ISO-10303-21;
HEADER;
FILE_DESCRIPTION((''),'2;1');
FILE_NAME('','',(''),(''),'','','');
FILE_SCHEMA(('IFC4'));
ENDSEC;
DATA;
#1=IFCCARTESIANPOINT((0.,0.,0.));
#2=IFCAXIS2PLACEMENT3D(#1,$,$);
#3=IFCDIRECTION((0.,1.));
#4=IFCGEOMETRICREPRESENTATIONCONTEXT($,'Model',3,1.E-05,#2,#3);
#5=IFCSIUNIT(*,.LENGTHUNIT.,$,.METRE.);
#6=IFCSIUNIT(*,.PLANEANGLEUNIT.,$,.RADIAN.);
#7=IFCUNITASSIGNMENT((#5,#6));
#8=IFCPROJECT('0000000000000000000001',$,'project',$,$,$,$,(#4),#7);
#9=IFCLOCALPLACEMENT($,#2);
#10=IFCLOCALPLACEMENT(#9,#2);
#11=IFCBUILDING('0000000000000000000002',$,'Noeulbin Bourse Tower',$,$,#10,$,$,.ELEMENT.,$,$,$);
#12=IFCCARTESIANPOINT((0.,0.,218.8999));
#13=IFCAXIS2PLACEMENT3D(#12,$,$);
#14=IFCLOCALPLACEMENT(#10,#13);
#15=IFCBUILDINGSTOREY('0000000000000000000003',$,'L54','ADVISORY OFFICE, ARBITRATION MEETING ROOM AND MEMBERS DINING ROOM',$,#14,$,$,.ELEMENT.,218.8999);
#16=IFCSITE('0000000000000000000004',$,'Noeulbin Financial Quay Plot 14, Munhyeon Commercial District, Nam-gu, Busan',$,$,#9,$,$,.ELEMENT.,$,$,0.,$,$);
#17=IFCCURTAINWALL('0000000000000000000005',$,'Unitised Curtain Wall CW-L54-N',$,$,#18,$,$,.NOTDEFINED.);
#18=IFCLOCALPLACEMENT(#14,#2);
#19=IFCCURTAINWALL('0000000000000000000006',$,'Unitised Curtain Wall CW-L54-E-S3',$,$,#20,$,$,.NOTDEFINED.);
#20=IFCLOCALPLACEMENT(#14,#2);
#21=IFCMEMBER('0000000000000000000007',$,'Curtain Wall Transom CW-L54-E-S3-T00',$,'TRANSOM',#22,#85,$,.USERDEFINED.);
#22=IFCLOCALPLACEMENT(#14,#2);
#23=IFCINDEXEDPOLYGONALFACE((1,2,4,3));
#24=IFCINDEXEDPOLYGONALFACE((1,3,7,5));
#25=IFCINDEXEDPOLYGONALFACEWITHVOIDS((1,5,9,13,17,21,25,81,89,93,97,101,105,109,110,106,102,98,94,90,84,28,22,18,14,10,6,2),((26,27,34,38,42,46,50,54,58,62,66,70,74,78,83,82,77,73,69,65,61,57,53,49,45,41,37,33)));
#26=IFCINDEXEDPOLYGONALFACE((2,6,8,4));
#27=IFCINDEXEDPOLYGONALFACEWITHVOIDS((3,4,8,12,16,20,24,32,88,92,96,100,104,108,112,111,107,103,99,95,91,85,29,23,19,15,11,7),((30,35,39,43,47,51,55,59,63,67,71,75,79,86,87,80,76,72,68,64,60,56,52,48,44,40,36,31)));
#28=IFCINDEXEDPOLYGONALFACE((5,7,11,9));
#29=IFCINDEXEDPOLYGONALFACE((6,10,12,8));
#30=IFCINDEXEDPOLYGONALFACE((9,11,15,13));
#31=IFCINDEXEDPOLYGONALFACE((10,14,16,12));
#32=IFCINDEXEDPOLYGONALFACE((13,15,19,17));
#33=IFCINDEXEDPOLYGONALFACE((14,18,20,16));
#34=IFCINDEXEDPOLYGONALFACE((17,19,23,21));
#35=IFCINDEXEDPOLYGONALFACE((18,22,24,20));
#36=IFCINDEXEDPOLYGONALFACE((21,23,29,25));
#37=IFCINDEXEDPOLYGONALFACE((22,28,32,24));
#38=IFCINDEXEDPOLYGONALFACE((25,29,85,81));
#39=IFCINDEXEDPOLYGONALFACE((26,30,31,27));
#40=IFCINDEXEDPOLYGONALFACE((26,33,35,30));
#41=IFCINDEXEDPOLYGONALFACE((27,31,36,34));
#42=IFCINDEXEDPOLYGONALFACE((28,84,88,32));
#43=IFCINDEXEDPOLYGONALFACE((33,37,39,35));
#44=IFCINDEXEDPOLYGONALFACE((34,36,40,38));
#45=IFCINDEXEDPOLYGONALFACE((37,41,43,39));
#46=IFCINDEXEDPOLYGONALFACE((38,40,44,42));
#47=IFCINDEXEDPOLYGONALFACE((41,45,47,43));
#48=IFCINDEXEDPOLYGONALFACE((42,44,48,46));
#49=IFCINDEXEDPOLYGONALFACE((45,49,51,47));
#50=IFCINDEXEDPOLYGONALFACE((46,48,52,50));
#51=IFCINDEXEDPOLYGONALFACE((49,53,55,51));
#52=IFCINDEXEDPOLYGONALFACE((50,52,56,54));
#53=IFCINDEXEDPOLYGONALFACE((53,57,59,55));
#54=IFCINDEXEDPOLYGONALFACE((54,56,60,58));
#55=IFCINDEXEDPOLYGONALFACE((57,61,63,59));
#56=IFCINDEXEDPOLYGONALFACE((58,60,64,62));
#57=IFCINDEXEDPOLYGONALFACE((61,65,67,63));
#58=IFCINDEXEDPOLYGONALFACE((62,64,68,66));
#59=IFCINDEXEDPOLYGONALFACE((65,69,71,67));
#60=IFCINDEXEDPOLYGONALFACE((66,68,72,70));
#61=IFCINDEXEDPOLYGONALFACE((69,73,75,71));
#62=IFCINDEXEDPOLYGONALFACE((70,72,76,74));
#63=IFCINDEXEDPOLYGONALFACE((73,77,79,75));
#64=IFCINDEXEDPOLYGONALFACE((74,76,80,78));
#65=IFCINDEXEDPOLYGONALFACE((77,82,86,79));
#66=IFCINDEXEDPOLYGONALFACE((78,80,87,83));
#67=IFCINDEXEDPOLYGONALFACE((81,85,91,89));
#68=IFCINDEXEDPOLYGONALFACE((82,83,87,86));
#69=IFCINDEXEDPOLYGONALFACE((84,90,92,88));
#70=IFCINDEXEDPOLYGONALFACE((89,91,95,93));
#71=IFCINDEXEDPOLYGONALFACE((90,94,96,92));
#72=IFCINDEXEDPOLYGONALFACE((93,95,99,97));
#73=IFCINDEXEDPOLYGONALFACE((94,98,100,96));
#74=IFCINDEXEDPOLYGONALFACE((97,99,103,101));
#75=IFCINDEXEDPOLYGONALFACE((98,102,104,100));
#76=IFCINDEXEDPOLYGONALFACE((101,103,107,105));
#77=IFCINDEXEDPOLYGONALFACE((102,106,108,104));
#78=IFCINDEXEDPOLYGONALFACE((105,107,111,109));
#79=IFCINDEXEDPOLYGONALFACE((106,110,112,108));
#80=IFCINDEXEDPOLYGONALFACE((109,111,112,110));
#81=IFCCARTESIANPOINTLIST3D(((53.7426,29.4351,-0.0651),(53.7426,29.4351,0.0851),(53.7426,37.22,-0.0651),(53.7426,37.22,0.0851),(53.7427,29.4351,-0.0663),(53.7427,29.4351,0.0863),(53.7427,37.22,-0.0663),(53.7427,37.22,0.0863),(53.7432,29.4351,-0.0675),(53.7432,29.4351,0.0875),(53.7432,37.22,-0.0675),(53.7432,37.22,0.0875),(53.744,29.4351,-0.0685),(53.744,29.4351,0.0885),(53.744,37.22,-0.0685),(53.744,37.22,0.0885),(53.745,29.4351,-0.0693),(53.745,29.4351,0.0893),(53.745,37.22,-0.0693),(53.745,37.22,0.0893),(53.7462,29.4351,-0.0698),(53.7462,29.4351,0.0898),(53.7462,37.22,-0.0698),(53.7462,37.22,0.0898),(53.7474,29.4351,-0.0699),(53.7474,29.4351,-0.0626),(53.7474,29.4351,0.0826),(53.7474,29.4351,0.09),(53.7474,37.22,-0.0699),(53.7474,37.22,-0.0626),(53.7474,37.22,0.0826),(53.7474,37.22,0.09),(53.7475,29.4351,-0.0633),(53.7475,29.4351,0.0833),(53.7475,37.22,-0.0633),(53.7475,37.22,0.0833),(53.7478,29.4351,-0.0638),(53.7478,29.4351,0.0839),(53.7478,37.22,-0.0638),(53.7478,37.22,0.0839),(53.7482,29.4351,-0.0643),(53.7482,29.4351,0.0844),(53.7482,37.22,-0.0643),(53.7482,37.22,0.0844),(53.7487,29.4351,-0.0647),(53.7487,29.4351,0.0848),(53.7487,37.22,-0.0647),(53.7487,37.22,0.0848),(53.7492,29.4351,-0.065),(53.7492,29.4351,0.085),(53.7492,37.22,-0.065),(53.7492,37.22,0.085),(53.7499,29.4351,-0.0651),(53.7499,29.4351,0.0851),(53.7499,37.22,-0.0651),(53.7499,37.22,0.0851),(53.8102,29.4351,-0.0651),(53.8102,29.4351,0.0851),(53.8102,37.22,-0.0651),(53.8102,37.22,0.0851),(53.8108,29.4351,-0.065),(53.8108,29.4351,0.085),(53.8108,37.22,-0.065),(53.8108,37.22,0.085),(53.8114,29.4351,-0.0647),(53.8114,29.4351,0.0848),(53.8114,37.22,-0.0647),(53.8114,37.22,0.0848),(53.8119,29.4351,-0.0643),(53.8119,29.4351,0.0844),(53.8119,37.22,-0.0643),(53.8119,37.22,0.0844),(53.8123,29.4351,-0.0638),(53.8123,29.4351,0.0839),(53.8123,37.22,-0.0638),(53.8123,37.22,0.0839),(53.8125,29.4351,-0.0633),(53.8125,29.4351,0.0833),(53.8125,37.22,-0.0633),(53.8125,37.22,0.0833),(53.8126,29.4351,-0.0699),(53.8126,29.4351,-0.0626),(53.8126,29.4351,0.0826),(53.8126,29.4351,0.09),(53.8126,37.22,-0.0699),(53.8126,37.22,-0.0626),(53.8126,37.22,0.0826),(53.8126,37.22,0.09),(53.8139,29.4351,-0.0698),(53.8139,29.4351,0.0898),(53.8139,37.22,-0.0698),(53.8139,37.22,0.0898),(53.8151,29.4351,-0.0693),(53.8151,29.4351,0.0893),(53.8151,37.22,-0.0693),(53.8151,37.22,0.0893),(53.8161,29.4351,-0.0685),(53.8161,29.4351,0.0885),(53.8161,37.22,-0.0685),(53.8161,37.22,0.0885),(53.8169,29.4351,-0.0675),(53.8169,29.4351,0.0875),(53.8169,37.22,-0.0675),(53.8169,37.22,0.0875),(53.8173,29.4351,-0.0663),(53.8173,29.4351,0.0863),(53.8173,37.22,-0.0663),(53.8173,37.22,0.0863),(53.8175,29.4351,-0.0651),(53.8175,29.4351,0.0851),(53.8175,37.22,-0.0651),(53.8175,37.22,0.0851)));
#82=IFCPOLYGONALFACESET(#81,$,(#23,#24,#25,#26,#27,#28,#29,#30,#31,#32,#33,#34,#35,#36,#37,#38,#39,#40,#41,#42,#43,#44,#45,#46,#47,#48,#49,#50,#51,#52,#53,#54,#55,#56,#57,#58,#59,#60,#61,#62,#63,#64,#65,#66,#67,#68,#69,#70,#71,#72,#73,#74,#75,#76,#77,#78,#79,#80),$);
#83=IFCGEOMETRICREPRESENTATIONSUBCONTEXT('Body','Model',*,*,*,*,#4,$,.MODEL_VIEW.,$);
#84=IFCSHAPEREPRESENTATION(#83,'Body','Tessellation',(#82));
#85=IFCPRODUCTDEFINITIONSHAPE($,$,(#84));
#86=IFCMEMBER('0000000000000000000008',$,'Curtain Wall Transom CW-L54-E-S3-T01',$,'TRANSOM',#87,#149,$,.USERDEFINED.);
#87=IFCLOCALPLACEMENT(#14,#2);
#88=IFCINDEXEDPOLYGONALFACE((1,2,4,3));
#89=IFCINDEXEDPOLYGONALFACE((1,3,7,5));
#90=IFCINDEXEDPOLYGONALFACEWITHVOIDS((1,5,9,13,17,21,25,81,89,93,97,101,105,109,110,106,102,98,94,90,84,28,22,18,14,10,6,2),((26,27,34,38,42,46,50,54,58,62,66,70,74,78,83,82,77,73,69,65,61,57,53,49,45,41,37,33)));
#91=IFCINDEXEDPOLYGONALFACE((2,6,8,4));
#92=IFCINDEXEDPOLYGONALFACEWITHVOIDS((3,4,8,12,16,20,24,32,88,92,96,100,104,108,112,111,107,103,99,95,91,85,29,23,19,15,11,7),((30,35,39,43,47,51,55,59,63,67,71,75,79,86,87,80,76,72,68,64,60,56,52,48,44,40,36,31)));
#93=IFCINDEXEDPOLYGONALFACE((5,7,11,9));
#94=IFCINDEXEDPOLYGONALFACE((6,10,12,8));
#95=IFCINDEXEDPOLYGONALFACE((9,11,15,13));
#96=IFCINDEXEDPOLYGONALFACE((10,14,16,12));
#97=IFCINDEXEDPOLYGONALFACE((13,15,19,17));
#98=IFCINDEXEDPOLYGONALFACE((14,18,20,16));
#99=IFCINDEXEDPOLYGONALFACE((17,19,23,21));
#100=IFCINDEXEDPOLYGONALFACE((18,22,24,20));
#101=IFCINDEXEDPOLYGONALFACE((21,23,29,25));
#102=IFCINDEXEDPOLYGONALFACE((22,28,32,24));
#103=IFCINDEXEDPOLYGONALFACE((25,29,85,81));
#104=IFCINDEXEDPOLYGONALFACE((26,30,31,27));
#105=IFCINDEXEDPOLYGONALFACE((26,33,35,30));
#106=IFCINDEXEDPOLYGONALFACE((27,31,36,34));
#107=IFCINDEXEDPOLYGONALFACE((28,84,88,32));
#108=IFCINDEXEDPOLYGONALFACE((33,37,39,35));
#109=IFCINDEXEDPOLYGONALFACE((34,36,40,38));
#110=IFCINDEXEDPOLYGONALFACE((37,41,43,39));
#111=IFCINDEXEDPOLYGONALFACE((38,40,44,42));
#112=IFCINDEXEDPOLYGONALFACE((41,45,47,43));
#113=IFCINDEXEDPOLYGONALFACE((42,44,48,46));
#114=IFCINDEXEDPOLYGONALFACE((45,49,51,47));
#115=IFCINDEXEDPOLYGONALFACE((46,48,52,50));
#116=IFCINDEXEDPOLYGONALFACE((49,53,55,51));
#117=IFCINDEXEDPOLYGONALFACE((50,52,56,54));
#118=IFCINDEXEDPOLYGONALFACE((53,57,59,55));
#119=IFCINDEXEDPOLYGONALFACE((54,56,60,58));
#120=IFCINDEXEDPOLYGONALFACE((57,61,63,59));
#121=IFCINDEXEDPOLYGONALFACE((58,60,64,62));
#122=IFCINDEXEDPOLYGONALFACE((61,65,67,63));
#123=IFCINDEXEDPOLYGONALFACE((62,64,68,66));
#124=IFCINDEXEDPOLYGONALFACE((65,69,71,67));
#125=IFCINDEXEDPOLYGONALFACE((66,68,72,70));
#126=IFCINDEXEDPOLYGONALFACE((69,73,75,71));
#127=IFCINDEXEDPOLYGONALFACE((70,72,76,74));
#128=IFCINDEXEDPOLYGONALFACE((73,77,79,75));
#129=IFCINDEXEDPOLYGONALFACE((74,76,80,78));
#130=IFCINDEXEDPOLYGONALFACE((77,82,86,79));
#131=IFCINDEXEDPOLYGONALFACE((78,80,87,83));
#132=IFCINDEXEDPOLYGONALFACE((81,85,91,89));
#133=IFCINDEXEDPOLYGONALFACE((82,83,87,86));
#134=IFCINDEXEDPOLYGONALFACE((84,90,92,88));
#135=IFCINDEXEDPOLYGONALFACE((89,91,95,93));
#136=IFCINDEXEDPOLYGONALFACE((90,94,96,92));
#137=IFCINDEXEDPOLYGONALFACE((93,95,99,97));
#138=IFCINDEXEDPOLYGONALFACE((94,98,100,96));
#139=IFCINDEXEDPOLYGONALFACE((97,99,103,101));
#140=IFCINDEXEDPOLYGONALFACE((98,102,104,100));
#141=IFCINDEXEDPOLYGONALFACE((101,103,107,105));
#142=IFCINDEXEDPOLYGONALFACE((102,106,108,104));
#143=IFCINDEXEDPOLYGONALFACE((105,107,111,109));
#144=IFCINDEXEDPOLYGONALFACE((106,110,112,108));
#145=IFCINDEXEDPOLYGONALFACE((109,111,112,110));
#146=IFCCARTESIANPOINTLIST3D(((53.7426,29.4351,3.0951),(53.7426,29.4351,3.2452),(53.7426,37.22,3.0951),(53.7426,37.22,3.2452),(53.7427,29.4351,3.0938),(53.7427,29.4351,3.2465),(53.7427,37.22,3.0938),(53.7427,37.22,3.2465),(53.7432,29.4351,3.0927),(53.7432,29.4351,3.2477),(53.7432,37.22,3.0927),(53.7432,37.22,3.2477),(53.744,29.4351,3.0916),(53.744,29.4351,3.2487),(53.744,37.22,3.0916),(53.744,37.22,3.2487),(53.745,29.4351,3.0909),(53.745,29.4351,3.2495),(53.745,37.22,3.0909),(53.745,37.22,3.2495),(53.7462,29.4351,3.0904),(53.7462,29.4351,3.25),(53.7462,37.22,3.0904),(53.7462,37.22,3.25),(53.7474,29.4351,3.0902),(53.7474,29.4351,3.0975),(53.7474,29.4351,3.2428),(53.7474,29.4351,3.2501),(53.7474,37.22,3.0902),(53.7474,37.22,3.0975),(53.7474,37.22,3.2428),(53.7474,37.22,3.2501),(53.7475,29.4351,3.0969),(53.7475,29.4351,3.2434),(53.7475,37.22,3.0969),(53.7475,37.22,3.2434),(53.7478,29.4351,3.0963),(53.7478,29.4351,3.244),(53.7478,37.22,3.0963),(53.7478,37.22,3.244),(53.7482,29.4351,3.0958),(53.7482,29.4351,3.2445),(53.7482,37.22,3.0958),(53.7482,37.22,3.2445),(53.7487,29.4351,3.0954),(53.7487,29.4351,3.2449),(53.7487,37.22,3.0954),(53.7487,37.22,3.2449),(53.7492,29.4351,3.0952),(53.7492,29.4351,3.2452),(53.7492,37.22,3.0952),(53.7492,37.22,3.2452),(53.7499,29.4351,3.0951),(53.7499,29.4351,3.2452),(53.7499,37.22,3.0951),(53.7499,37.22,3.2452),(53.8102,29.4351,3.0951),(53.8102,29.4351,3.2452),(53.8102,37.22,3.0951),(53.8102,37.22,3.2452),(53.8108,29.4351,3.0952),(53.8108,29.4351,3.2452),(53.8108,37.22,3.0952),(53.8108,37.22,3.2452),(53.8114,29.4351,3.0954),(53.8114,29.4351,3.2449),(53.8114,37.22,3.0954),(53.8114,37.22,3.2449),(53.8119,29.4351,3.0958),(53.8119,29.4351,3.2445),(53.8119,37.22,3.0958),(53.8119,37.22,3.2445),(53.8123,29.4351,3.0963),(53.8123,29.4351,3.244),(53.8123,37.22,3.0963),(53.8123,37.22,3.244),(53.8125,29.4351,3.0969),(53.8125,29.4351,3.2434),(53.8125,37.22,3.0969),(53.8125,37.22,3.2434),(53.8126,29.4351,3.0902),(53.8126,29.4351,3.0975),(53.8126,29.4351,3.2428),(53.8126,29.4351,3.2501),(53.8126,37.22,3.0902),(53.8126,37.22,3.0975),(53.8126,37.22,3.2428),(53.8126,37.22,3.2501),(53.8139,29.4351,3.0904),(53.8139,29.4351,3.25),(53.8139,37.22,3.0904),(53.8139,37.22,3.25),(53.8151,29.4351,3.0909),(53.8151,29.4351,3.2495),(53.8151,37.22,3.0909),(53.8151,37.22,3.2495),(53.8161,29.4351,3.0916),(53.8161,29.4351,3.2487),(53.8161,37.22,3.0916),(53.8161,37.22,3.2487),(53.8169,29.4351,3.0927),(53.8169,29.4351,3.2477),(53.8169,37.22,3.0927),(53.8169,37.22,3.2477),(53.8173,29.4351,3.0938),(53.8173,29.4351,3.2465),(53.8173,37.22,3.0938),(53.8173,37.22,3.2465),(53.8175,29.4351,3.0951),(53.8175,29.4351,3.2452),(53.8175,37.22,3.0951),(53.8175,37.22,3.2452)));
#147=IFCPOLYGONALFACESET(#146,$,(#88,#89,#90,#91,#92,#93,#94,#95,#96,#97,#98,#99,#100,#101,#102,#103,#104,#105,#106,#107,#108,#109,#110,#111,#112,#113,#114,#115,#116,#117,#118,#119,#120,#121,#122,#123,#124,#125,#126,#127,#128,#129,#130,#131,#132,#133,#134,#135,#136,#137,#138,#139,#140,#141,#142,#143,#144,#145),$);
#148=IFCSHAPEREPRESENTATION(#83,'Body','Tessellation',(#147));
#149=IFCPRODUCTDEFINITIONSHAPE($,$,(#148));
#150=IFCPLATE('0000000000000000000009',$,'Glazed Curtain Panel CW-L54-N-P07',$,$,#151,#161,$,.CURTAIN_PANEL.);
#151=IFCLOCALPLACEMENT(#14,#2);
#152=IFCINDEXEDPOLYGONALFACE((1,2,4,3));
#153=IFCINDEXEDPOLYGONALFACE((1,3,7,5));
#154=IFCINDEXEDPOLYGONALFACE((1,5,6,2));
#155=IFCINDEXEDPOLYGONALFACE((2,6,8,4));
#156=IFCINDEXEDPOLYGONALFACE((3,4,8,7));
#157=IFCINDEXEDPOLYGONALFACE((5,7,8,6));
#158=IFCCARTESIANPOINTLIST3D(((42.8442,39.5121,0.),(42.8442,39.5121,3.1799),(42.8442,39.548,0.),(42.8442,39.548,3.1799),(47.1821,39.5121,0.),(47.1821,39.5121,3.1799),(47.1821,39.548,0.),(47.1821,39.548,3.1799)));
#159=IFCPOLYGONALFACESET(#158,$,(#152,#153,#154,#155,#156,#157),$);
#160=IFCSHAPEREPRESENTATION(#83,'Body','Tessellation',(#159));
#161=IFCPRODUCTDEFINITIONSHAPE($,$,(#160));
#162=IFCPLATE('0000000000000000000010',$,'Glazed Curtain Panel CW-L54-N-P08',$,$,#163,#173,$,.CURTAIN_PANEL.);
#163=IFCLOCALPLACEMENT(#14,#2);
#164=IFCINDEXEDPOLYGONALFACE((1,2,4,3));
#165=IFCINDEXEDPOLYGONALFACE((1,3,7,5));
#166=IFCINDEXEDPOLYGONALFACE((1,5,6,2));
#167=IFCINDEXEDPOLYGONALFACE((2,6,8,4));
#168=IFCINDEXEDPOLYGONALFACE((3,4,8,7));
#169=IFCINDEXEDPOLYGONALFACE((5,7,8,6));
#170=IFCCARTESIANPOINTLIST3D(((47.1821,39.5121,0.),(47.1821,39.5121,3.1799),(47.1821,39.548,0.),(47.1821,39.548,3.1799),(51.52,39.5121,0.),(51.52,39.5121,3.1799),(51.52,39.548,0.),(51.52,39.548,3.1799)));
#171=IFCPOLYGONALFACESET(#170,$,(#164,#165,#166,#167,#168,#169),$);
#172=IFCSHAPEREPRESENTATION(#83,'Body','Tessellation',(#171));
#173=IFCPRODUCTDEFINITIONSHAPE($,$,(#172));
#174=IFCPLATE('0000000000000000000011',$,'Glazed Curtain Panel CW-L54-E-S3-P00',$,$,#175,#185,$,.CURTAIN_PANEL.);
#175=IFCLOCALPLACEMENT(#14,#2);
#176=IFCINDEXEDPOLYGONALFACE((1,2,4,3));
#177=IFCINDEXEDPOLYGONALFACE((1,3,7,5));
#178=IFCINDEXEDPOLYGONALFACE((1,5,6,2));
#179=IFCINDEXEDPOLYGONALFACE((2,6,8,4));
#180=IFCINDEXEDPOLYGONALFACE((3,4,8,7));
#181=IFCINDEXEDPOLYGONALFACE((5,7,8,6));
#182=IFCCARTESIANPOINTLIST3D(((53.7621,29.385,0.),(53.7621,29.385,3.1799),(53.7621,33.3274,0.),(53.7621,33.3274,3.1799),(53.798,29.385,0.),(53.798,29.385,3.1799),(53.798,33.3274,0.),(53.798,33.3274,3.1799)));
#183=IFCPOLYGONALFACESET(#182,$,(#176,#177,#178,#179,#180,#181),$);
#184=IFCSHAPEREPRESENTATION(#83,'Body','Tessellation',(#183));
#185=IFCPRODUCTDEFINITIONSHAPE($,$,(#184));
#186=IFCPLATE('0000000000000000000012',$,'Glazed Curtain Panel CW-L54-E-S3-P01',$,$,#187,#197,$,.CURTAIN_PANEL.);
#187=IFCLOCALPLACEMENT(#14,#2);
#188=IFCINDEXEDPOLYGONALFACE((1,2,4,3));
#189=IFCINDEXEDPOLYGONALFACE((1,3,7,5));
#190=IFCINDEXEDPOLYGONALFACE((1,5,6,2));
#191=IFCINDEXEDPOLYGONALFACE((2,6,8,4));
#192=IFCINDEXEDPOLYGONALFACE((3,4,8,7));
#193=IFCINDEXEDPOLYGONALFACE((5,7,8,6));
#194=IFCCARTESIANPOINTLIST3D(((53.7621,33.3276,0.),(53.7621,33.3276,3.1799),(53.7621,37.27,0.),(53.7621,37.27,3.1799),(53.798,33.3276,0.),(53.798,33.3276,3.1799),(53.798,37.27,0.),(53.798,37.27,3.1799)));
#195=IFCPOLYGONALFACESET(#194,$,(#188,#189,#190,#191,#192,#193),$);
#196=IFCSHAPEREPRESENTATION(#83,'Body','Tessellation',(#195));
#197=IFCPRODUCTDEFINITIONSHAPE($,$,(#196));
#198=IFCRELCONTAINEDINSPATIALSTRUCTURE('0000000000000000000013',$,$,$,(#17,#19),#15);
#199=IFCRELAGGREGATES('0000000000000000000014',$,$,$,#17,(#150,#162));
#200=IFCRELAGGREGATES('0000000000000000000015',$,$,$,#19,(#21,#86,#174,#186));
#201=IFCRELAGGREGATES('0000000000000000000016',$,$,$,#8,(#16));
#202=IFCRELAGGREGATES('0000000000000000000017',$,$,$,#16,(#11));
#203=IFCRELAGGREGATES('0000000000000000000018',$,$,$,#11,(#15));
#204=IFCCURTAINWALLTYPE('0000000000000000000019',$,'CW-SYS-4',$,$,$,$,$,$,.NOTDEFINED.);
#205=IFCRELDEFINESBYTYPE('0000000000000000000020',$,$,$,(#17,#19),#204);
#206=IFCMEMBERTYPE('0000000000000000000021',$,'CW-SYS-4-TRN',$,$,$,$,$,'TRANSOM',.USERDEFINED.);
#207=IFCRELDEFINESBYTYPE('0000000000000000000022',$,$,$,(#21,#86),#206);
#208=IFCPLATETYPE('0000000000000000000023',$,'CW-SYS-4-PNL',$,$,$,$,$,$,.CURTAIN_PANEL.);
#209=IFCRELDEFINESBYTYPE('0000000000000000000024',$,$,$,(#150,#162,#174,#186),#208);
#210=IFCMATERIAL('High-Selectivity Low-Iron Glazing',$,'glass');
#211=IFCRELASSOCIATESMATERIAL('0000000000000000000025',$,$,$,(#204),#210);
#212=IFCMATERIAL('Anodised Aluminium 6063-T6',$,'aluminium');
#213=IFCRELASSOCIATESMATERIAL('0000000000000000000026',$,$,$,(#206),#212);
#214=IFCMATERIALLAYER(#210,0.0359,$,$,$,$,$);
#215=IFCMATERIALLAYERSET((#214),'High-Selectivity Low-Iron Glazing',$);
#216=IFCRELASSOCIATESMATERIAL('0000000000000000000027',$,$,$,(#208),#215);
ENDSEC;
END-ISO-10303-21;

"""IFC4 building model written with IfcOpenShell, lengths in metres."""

from ifc_helpers import new_model, si_unit, direction, frame, origin, origin_2d, place, context, subcontext, project, spatial, rectangle, hollow_rectangle, extrude, material, layer, layer_set, material_profile, profile_set, type_object, element, aggregate, save


model = new_model("IFC4")

# Units and contexts
model_context = context("Model", 3, precision=1e-05, world=origin(), true_north=direction((0.0, 1.0)))
body_context = subcontext(model_context, "Body", "Model", "MODEL_VIEW")
ifc_project = project(units=[si_unit("LENGTHUNIT", "METRE"), si_unit("PLANEANGLEUNIT", "RADIAN")], contexts=[model_context])

# Site, building, storey
site_placement = place(None, origin())
site = spatial("IfcSite", under=ifc_project, at=site_placement, Name="Noeulbin Financial Quay Plot 14, Munhyeon Commercial District, Nam-gu, Busan", CompositionType="ELEMENT", RefElevation=0.0)
building_placement = place(site_placement, origin())
building = spatial("IfcBuilding", under=site, at=building_placement, Name="Noeulbin Bourse Tower", CompositionType="ELEMENT")
storey_placement = place(building_placement, frame((0.0, 0.0, 218.8999)))
storey = spatial("IfcBuildingStorey", under=building, at=storey_placement, Name="L54", Description="ADVISORY OFFICE, ARBITRATION MEETING ROOM AND MEMBERS DINING ROOM", CompositionType="ELEMENT", Elevation=218.8999)

# Curtain walls, members
ifc_material_1 = material(Name="High-Selectivity Low-Iron Glazing", Category="glass")
curtain_wall_type = type_object("IfcCurtainWallType", Name="CW-SYS-4", PredefinedType="NOTDEFINED", material=ifc_material_1)
curtain_wall_1_placement = place(storey_placement, origin())
curtain_wall_1 = element("IfcCurtainWall", 1, at=curtain_wall_1_placement, inside=storey, type_object=curtain_wall_type, Name="Unitised Curtain Wall CW-L54-N", PredefinedType="NOTDEFINED")
ifc_material_2 = material(Name="Anodised Aluminium 6063-T6", Category="aluminium")
curtain_wall_2_placement = place(storey_placement, origin())
curtain_wall_2 = element("IfcCurtainWall", 2, at=curtain_wall_2_placement, inside=storey, type_object=curtain_wall_type, Name="Unitised Curtain Wall CW-L54-E-S3", PredefinedType="NOTDEFINED")
ifc_material_profile_1 = material_profile(ifc_material_2, hollow_rectangle(XDim=0.075, YDim=0.1599, WallThickness=0.0049, InnerFilletRadius=0.0024, OuterFilletRadius=0.0049, at=origin_2d()), Name="ALU-TRAN-75x160x5", Category="LoadBearing")
ifc_profile_set_1 = profile_set([ifc_material_profile_1], Name="Anodised Aluminium 6063-T6")
member_type_1 = type_object("IfcMemberType", Name="CW-SYS-4-TRN", ElementType="TRANSOM", PredefinedType="USERDEFINED", material=ifc_profile_set_1)
member_1_placement = place(storey_placement, frame((53.78, 29.4351, 0.01), z_axis=(0.0, 1.0, 0.0), x_axis=(-1.0, 0.0, 0.0)))
member_1 = element("IfcMember", 3, at=member_1_placement, type_object=member_type_1, Name="Curtain Wall Transom CW-L54-E-S3-T00", ObjectType="TRANSOM", PredefinedType="USERDEFINED", context=body_context, shape_type="SweptSolid", body=[
    extrude(hollow_rectangle(XDim=0.075, YDim=0.1599, WallThickness=0.0049, InnerFilletRadius=0.0024, OuterFilletRadius=0.0049, at=origin_2d()), origin(), (0.0, 0.0, 1.0), 7.7849),
])
member_2_placement = place(storey_placement, frame((53.78, 29.4351, 3.1702), z_axis=(0.0, 1.0, 0.0), x_axis=(-1.0, 0.0, 0.0)))
member_2 = element("IfcMember", 4, at=member_2_placement, type_object=member_type_1, Name="Curtain Wall Transom CW-L54-E-S3-T01", ObjectType="TRANSOM", PredefinedType="USERDEFINED", context=body_context, shape_type="SweptSolid", body=[
    extrude(hollow_rectangle(XDim=0.075, YDim=0.1599, WallThickness=0.0049, InnerFilletRadius=0.0024, OuterFilletRadius=0.0049, at=origin_2d()), origin(), (0.0, 0.0, 1.0), 7.7849),
])

# Plates
ifc_layer_1 = layer(ifc_material_1, 0.0359)
ifc_layer_set_1 = layer_set([ifc_layer_1], Name="High-Selectivity Low-Iron Glazing")
plate_type_1 = type_object("IfcPlateType", Name="CW-SYS-4-PNL", PredefinedType="CURTAIN_PANEL", material=ifc_layer_set_1)
plate_1_placement = place(storey_placement, frame((45.0132, 39.53, 0.0), z_axis=(0.0, 0.0, 1.0), x_axis=(1.0, 0.0, 0.0)))
plate_1 = element("IfcPlate", 5, at=plate_1_placement, type_object=plate_type_1, Name="Glazed Curtain Panel CW-L54-N-P07", PredefinedType="CURTAIN_PANEL", context=body_context, shape_type="SweptSolid", body=[
    extrude(rectangle(XDim=4.3379, YDim=0.0359, at=origin_2d()), origin(), (0.0, 0.0, 1.0), 3.1799),
])
plate_2_placement = place(storey_placement, frame((49.3511, 39.53, 0.0), z_axis=(0.0, 0.0, 1.0), x_axis=(1.0, 0.0, 0.0)))
plate_2 = element("IfcPlate", 6, at=plate_2_placement, type_object=plate_type_1, Name="Glazed Curtain Panel CW-L54-N-P08", PredefinedType="CURTAIN_PANEL", context=body_context, shape_type="SweptSolid", body=[
    extrude(rectangle(XDim=4.3379, YDim=0.0359, at=origin_2d()), origin(), (0.0, 0.0, 1.0), 3.1799),
])
aggregate(curtain_wall_1, [plate_1, plate_2])
plate_3_placement = place(storey_placement, frame((53.78, 31.3562, 0.0), z_axis=(0.0, 0.0, 1.0), x_axis=(0.0, 1.0, 0.0)))
plate_3 = element("IfcPlate", 7, at=plate_3_placement, type_object=plate_type_1, Name="Glazed Curtain Panel CW-L54-E-S3-P00", PredefinedType="CURTAIN_PANEL", context=body_context, shape_type="SweptSolid", body=[
    extrude(rectangle(XDim=3.9424, YDim=0.0359, at=origin_2d()), origin(), (0.0, 0.0, 1.0), 3.1799),
])
plate_4_placement = place(storey_placement, frame((53.78, 35.2988, 0.0), z_axis=(0.0, 0.0, 1.0), x_axis=(0.0, 1.0, 0.0)))
plate_4 = element("IfcPlate", 8, at=plate_4_placement, type_object=plate_type_1, Name="Glazed Curtain Panel CW-L54-E-S3-P01", PredefinedType="CURTAIN_PANEL", context=body_context, shape_type="SweptSolid", body=[
    extrude(rectangle(XDim=3.9424, YDim=0.0359, at=origin_2d()), origin(), (0.0, 0.0, 1.0), 3.1799),
])
aggregate(curtain_wall_2, [member_1, member_2, plate_3, plate_4])

save(model, "model.ifc")
